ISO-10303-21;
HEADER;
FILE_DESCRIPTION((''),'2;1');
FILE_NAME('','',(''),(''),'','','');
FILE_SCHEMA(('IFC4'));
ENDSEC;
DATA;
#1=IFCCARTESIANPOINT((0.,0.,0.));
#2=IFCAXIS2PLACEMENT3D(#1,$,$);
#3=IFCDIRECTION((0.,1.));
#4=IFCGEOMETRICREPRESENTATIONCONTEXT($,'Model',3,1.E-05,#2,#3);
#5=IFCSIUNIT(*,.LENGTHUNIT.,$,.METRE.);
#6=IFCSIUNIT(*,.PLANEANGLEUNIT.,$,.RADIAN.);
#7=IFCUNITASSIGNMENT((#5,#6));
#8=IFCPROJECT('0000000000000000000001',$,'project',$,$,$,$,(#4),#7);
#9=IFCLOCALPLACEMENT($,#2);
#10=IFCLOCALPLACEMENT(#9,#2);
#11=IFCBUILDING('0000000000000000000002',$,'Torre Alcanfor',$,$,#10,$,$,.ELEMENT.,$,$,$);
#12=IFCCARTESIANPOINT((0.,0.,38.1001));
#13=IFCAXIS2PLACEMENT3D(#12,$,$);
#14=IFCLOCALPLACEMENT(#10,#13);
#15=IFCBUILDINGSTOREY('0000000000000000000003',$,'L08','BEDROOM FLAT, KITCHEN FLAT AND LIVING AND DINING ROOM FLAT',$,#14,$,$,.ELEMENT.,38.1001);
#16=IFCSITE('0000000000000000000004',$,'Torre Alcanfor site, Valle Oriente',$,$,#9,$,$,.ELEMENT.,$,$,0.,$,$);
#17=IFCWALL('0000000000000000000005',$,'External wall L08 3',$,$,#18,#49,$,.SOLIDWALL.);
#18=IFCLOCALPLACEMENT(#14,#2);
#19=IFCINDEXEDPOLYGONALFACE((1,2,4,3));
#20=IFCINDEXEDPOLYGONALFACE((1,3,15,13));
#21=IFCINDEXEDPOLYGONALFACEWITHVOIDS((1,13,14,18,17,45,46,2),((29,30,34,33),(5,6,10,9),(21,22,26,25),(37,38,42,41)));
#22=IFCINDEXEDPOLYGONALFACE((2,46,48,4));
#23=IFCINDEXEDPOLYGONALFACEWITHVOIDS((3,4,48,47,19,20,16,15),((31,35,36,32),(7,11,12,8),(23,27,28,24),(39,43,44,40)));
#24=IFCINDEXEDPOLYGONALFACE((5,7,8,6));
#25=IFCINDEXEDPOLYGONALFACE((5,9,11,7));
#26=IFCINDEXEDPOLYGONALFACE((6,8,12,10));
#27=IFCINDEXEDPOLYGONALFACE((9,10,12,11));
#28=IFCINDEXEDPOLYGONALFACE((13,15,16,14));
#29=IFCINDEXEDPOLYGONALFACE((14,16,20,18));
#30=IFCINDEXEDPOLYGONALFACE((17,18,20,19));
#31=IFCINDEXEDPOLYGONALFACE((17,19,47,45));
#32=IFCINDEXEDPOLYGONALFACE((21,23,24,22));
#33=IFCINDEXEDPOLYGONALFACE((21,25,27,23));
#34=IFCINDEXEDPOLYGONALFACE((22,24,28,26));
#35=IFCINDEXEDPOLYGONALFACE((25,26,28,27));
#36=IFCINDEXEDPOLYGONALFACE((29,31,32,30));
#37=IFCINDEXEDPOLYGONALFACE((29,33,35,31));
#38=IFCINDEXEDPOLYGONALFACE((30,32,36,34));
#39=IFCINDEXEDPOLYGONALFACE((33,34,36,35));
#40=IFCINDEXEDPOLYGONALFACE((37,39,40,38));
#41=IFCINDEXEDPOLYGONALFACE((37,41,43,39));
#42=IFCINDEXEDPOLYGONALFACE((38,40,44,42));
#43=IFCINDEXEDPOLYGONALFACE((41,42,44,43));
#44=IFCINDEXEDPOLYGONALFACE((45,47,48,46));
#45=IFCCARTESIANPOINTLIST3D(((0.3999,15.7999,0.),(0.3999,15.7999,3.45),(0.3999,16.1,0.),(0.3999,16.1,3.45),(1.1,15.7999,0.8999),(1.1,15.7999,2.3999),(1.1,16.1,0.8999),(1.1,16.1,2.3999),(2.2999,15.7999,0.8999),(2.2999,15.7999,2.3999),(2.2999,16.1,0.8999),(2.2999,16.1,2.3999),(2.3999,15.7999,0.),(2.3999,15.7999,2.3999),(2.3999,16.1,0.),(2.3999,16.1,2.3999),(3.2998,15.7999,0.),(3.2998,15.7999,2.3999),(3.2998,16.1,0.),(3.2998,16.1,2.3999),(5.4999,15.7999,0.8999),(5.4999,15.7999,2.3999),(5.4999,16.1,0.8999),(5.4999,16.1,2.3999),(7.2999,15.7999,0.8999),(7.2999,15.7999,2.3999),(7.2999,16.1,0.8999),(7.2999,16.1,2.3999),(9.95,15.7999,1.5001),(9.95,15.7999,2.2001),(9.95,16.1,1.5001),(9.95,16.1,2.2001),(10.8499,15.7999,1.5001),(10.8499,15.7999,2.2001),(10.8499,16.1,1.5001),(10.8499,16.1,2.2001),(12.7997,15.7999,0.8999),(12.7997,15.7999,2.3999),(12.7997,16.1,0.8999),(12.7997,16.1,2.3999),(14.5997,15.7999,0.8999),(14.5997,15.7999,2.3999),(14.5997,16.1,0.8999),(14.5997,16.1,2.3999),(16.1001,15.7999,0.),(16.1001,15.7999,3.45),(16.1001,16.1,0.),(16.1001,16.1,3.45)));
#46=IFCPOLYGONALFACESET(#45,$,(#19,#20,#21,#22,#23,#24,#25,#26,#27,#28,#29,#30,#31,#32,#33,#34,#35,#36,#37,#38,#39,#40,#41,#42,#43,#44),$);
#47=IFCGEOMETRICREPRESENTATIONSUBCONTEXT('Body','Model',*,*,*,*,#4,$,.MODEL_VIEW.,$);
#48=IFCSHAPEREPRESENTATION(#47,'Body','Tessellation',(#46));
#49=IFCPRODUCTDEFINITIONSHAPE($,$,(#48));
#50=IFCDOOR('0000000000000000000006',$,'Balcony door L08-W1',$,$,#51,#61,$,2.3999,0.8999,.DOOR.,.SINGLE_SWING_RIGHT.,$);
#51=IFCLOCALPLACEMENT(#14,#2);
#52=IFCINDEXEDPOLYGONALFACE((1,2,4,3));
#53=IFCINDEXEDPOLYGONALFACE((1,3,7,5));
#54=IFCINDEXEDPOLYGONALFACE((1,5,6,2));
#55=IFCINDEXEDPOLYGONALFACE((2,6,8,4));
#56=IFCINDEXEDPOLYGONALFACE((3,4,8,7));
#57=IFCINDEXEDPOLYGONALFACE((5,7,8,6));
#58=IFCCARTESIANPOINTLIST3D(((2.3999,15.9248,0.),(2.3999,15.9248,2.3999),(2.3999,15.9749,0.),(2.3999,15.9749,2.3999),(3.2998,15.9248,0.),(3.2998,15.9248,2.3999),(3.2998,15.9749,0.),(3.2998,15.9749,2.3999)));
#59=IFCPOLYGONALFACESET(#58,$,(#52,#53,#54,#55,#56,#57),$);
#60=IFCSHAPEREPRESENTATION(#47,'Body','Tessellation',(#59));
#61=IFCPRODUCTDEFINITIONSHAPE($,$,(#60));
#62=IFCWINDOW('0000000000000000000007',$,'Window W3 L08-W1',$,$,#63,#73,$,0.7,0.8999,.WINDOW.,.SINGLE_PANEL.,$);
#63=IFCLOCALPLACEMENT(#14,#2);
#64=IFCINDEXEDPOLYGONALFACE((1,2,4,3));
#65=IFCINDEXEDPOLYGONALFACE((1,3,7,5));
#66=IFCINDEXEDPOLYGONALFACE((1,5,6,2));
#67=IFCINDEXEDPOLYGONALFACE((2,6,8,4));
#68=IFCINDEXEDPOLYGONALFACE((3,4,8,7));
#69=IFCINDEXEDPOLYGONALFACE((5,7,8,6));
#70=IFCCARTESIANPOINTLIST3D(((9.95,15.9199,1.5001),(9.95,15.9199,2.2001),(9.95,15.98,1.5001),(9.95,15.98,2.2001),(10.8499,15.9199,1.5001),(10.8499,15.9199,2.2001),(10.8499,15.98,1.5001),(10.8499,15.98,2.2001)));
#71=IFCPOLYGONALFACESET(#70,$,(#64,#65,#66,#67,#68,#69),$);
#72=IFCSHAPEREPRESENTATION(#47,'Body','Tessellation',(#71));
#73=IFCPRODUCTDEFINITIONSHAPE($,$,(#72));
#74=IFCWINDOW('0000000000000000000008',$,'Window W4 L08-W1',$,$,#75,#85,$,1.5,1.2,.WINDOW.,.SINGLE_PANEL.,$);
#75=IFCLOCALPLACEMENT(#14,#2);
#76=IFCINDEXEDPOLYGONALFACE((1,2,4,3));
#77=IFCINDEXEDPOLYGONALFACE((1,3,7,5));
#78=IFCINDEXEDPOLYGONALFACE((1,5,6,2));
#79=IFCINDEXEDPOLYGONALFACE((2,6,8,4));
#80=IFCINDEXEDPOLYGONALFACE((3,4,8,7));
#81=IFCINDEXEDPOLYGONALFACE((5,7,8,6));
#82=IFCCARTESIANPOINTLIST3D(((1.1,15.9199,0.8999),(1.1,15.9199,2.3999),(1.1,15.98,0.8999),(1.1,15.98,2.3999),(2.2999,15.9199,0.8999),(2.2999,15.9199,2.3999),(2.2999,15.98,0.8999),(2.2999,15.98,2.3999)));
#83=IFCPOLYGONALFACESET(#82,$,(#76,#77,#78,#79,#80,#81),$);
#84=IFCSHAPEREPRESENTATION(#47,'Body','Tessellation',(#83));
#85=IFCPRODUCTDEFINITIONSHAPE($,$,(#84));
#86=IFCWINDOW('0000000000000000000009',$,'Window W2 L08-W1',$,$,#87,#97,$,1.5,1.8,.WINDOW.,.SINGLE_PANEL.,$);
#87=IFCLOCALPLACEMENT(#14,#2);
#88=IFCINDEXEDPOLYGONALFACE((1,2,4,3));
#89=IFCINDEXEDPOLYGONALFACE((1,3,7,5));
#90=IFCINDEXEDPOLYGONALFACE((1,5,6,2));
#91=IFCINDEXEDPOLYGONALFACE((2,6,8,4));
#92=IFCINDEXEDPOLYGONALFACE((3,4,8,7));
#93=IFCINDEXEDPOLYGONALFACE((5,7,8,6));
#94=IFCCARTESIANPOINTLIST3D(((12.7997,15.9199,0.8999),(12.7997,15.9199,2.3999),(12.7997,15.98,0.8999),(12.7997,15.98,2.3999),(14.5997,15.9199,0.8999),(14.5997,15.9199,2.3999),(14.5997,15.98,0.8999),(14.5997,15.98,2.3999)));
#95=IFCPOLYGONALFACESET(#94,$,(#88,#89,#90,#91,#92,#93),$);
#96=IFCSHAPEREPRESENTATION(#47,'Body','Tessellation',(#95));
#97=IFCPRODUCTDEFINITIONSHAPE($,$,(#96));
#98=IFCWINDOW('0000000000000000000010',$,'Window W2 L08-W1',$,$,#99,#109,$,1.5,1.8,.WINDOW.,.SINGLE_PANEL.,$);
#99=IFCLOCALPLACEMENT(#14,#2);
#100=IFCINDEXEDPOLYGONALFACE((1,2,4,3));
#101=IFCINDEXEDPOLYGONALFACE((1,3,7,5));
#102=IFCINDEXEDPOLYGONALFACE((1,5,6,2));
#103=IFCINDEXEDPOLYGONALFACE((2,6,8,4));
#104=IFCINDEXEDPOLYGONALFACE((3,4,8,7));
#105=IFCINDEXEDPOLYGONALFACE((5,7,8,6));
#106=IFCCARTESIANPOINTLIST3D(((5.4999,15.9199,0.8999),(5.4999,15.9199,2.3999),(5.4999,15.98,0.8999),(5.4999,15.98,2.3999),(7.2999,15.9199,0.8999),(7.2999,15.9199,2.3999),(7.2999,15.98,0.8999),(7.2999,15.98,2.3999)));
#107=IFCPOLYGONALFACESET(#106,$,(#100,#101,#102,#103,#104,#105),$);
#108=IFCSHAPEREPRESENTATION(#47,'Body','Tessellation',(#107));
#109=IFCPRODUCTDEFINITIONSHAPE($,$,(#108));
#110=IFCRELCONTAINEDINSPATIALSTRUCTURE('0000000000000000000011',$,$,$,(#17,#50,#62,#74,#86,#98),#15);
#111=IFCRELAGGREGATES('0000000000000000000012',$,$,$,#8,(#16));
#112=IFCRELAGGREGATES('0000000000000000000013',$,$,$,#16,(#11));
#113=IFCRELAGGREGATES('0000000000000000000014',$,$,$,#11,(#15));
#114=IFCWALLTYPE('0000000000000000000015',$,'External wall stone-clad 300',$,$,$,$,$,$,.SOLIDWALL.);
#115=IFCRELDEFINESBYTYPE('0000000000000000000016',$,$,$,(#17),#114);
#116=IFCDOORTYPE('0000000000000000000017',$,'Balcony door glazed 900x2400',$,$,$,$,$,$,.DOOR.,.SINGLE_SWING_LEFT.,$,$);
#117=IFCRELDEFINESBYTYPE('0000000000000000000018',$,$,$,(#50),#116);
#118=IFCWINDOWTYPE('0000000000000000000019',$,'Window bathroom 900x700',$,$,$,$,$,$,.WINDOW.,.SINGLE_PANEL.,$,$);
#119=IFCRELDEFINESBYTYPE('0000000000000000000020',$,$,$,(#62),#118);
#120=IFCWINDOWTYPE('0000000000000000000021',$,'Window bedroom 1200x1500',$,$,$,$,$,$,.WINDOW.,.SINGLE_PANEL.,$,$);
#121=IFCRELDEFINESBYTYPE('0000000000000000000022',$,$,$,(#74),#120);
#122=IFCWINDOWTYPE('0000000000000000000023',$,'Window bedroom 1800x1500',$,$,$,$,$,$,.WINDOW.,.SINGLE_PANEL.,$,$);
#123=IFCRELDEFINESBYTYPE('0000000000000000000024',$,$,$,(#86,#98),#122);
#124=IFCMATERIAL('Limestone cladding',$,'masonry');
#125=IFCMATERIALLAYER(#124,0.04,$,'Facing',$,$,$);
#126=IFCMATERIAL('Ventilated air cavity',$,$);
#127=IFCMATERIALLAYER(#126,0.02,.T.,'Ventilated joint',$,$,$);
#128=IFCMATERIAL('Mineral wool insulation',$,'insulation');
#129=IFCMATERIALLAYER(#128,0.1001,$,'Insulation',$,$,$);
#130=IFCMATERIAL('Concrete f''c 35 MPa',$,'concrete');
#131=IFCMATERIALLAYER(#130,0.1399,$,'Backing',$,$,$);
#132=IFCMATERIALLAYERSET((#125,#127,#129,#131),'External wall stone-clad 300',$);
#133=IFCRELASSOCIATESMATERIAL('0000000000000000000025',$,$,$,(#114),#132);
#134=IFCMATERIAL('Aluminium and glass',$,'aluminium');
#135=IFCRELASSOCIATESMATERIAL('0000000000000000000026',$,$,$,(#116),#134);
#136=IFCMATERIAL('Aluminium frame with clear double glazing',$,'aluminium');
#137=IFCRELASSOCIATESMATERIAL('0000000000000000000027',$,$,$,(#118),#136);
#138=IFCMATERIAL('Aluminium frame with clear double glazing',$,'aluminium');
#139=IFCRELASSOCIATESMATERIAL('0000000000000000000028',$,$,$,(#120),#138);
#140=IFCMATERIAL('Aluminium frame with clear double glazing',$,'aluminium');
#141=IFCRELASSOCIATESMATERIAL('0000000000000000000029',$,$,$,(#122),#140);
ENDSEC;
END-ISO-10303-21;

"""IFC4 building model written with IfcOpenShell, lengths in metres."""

from ifc_helpers import new_model, si_unit, direction, frame, frame_2d, origin, place, context, subcontext, project, spatial, rectangle, extrude, material, layer, layer_set, type_object, element, fill, save


model = new_model("IFC4")

# Units and contexts
model_context = context("Model", 3, precision=1e-05, world=origin(), true_north=direction((0.0, 1.0)))
body_context = subcontext(model_context, "Body", "Model", "MODEL_VIEW")
ifc_project = project(units=[si_unit("LENGTHUNIT", "METRE"), si_unit("PLANEANGLEUNIT", "RADIAN")], contexts=[model_context])

# Site, building, storey
site_placement = place(None, origin())
site = spatial("IfcSite", under=ifc_project, at=site_placement, Name="Torre Alcanfor site, Valle Oriente", CompositionType="ELEMENT", RefElevation=0.0)
building_placement = place(site_placement, origin())
building = spatial("IfcBuilding", under=site, at=building_placement, Name="Torre Alcanfor", CompositionType="ELEMENT")
storey_placement = place(building_placement, frame((0.0, 0.0, 38.1001)))
storey = spatial("IfcBuildingStorey", under=building, at=storey_placement, Name="L08", Description="BEDROOM FLAT, KITCHEN FLAT AND LIVING AND DINING ROOM FLAT", CompositionType="ELEMENT", Elevation=38.1001)

# Wall, openings, door, windows
ifc_material_1 = material(Name="Limestone cladding", Category="masonry")
ifc_layer_1 = layer(ifc_material_1, 0.04, Name="Facing")
ifc_material_2 = material(Name="Ventilated air cavity")
ifc_layer_2 = layer(ifc_material_2, 0.02, ventilated=True, Name="Ventilated joint")
ifc_material_3 = material(Name="Mineral wool insulation", Category="insulation")
ifc_layer_3 = layer(ifc_material_3, 0.1001, Name="Insulation")
ifc_material_4 = material(Name="Concrete f'c 35 MPa", Category="concrete")
ifc_layer_4 = layer(ifc_material_4, 0.1399, Name="Backing")
ifc_layer_set_1 = layer_set([ifc_layer_1, ifc_layer_2, ifc_layer_3, ifc_layer_4], Name="External wall stone-clad 300")
wall_type_1 = type_object("IfcWallType", Name="External wall stone-clad 300", PredefinedType="SOLIDWALL", material=ifc_layer_set_1)
wall_1_placement = place(storey_placement, frame((0.3999, 15.95, 0.0), z_axis=(0.0, 0.0, 1.0), x_axis=(1.0, 0.0, 0.0)))
wall_1 = element("IfcWall", 1, at=wall_1_placement, inside=storey, type_object=wall_type_1, Name="External wall L08 3", PredefinedType="SOLIDWALL", context=body_context, shape_type="SweptSolid", body=[
    extrude(rectangle(XDim=15.7002, YDim=0.3, at=frame_2d((7.8501, 0.0))), origin(), (0.0, 0.0, 1.0), 3.45),
])
opening_1_placement = place(wall_1_placement, frame((12.3999, 0.0, 0.8999)))
opening_1 = element("IfcOpeningElement", 2, at=opening_1_placement, cuts=wall_1, PredefinedType="OPENING", context=body_context, shape_type="SweptSolid", body=[
    extrude(rectangle(XDim=1.8, YDim=1.5, at=frame_2d((0.8999, 0.75))), frame((0.0, 0.1599, 0.0), z_axis=(0.0, -1.0, 0.0), x_axis=(1.0, 0.0, 0.0)), (0.0, 0.0, 1.0), 0.3201),
])
opening_2_placement = place(wall_1_placement, frame((9.55, 0.0, 1.5)))
opening_2 = element("IfcOpeningElement", 3, at=opening_2_placement, cuts=wall_1, PredefinedType="OPENING", context=body_context, shape_type="SweptSolid", body=[
    extrude(rectangle(XDim=0.8999, YDim=0.7, at=frame_2d((0.45, 0.3501))), frame((0.0, 0.1599, 0.0), z_axis=(0.0, -1.0, 0.0), x_axis=(1.0, 0.0, 0.0)), (0.0, 0.0, 1.0), 0.3201),
])
opening_3_placement = place(wall_1_placement, frame((5.1001, 0.0, 0.8999)))
opening_3 = element("IfcOpeningElement", 4, at=opening_3_placement, cuts=wall_1, PredefinedType="OPENING", context=body_context, shape_type="SweptSolid", body=[
    extrude(rectangle(XDim=1.8, YDim=1.5, at=frame_2d((0.8999, 0.75))), frame((0.0, 0.1599, 0.0), z_axis=(0.0, -1.0, 0.0), x_axis=(1.0, 0.0, 0.0)), (0.0, 0.0, 1.0), 0.3201),
])
opening_4_placement = place(wall_1_placement, frame((2.0, 0.0, 0.0)))
opening_4 = element("IfcOpeningElement", 5, at=opening_4_placement, cuts=wall_1, PredefinedType="OPENING", context=body_context, shape_type="SweptSolid", body=[
    extrude(rectangle(XDim=0.8999, YDim=2.3999, at=frame_2d((0.45, 1.2))), frame((0.0, 0.1599, 0.0), z_axis=(0.0, -1.0, 0.0), x_axis=(1.0, 0.0, 0.0)), (0.0, 0.0, 1.0), 0.3201),
])
opening_5_placement = place(wall_1_placement, frame((0.7, 0.0, 0.8999)))
opening_5 = element("IfcOpeningElement", 6, at=opening_5_placement, cuts=wall_1, PredefinedType="OPENING", context=body_context, shape_type="SweptSolid", body=[
    extrude(rectangle(XDim=1.2, YDim=1.5, at=frame_2d((0.6001, 0.75))), frame((0.0, 0.1599, 0.0), z_axis=(0.0, -1.0, 0.0), x_axis=(1.0, 0.0, 0.0)), (0.0, 0.0, 1.0), 0.3201),
])
ifc_material_5 = material(Name="Aluminium and glass", Category="aluminium")
door_type = type_object("IfcDoorType", Name="Balcony door glazed 900x2400", OperationType="SINGLE_SWING_LEFT", PredefinedType="DOOR", material=ifc_material_5)
door_1_placement = place(opening_4_placement, origin())
door_1 = element("IfcDoor", 7, at=door_1_placement, inside=storey, type_object=door_type, Name="Balcony door L08-W1", OperationType="SINGLE_SWING_RIGHT", OverallHeight=2.3999, OverallWidth=0.8999, PredefinedType="DOOR", context=body_context, shape_type="SweptSolid", body=[
    extrude(rectangle(XDim=0.8999, YDim=2.3999, at=frame_2d((0.45, 1.2))), frame((0.0, 0.0249, 0.0), z_axis=(0.0, -1.0, 0.0), x_axis=(1.0, 0.0, 0.0)), (0.0, 0.0, 1.0), 0.05),
])
fill(opening_4, door_1)
ifc_material_6 = material(Name="Aluminium frame with clear double glazing", Category="aluminium")
window_type_1 = type_object("IfcWindowType", Name="Window bathroom 900x700", PartitioningType="SINGLE_PANEL", PredefinedType="WINDOW", material=ifc_material_6)
window_1_placement = place(opening_2_placement, origin())
window_1 = element("IfcWindow", 8, at=window_1_placement, inside=storey, type_object=window_type_1, Name="Window W3 L08-W1", OverallHeight=0.7, OverallWidth=0.8999, PartitioningType="SINGLE_PANEL", PredefinedType="WINDOW", context=body_context, shape_type="SweptSolid", body=[
    extrude(rectangle(XDim=0.8999, YDim=0.7, at=frame_2d((0.45, 0.3501))), frame((0.0, 0.03, 0.0), z_axis=(0.0, -1.0, 0.0), x_axis=(1.0, 0.0, 0.0)), (0.0, 0.0, 1.0), 0.0601),
])
fill(opening_2, window_1)
ifc_material_7 = material(Name="Aluminium frame with clear double glazing", Category="aluminium")
window_type_2 = type_object("IfcWindowType", Name="Window bedroom 1200x1500", PartitioningType="SINGLE_PANEL", PredefinedType="WINDOW", material=ifc_material_7)
window_2_placement = place(opening_5_placement, origin())
window_2 = element("IfcWindow", 9, at=window_2_placement, inside=storey, type_object=window_type_2, Name="Window W4 L08-W1", OverallHeight=1.5, OverallWidth=1.2, PartitioningType="SINGLE_PANEL", PredefinedType="WINDOW", context=body_context, shape_type="SweptSolid", body=[
    extrude(rectangle(XDim=1.2, YDim=1.5, at=frame_2d((0.6001, 0.75))), frame((0.0, 0.03, 0.0), z_axis=(0.0, -1.0, 0.0), x_axis=(1.0, 0.0, 0.0)), (0.0, 0.0, 1.0), 0.0601),
])
fill(opening_5, window_2)
ifc_material_8 = material(Name="Aluminium frame with clear double glazing", Category="aluminium")
window_type_3 = type_object("IfcWindowType", Name="Window bedroom 1800x1500", PartitioningType="SINGLE_PANEL", PredefinedType="WINDOW", material=ifc_material_8)
window_3_placement = place(opening_1_placement, origin())
window_3 = element("IfcWindow", 10, at=window_3_placement, inside=storey, type_object=window_type_3, Name="Window W2 L08-W1", OverallHeight=1.5, OverallWidth=1.8, PartitioningType="SINGLE_PANEL", PredefinedType="WINDOW", context=body_context, shape_type="SweptSolid", body=[
    extrude(rectangle(XDim=1.8, YDim=1.5, at=frame_2d((0.8999, 0.75))), frame((0.0, 0.03, 0.0), z_axis=(0.0, -1.0, 0.0), x_axis=(1.0, 0.0, 0.0)), (0.0, 0.0, 1.0), 0.0601),
])
fill(opening_1, window_3)
window_4_placement = place(opening_3_placement, origin())
window_4 = element("IfcWindow", 11, at=window_4_placement, inside=storey, type_object=window_type_3, Name="Window W2 L08-W1", OverallHeight=1.5, OverallWidth=1.8, PartitioningType="SINGLE_PANEL", PredefinedType="WINDOW", context=body_context, shape_type="SweptSolid", body=[
    extrude(rectangle(XDim=1.8, YDim=1.5, at=frame_2d((0.8999, 0.75))), frame((0.0, 0.03, 0.0), z_axis=(0.0, -1.0, 0.0), x_axis=(1.0, 0.0, 0.0)), (0.0, 0.0, 1.0), 0.0601),
])
fill(opening_3, window_4)

save(model, "model.ifc")
